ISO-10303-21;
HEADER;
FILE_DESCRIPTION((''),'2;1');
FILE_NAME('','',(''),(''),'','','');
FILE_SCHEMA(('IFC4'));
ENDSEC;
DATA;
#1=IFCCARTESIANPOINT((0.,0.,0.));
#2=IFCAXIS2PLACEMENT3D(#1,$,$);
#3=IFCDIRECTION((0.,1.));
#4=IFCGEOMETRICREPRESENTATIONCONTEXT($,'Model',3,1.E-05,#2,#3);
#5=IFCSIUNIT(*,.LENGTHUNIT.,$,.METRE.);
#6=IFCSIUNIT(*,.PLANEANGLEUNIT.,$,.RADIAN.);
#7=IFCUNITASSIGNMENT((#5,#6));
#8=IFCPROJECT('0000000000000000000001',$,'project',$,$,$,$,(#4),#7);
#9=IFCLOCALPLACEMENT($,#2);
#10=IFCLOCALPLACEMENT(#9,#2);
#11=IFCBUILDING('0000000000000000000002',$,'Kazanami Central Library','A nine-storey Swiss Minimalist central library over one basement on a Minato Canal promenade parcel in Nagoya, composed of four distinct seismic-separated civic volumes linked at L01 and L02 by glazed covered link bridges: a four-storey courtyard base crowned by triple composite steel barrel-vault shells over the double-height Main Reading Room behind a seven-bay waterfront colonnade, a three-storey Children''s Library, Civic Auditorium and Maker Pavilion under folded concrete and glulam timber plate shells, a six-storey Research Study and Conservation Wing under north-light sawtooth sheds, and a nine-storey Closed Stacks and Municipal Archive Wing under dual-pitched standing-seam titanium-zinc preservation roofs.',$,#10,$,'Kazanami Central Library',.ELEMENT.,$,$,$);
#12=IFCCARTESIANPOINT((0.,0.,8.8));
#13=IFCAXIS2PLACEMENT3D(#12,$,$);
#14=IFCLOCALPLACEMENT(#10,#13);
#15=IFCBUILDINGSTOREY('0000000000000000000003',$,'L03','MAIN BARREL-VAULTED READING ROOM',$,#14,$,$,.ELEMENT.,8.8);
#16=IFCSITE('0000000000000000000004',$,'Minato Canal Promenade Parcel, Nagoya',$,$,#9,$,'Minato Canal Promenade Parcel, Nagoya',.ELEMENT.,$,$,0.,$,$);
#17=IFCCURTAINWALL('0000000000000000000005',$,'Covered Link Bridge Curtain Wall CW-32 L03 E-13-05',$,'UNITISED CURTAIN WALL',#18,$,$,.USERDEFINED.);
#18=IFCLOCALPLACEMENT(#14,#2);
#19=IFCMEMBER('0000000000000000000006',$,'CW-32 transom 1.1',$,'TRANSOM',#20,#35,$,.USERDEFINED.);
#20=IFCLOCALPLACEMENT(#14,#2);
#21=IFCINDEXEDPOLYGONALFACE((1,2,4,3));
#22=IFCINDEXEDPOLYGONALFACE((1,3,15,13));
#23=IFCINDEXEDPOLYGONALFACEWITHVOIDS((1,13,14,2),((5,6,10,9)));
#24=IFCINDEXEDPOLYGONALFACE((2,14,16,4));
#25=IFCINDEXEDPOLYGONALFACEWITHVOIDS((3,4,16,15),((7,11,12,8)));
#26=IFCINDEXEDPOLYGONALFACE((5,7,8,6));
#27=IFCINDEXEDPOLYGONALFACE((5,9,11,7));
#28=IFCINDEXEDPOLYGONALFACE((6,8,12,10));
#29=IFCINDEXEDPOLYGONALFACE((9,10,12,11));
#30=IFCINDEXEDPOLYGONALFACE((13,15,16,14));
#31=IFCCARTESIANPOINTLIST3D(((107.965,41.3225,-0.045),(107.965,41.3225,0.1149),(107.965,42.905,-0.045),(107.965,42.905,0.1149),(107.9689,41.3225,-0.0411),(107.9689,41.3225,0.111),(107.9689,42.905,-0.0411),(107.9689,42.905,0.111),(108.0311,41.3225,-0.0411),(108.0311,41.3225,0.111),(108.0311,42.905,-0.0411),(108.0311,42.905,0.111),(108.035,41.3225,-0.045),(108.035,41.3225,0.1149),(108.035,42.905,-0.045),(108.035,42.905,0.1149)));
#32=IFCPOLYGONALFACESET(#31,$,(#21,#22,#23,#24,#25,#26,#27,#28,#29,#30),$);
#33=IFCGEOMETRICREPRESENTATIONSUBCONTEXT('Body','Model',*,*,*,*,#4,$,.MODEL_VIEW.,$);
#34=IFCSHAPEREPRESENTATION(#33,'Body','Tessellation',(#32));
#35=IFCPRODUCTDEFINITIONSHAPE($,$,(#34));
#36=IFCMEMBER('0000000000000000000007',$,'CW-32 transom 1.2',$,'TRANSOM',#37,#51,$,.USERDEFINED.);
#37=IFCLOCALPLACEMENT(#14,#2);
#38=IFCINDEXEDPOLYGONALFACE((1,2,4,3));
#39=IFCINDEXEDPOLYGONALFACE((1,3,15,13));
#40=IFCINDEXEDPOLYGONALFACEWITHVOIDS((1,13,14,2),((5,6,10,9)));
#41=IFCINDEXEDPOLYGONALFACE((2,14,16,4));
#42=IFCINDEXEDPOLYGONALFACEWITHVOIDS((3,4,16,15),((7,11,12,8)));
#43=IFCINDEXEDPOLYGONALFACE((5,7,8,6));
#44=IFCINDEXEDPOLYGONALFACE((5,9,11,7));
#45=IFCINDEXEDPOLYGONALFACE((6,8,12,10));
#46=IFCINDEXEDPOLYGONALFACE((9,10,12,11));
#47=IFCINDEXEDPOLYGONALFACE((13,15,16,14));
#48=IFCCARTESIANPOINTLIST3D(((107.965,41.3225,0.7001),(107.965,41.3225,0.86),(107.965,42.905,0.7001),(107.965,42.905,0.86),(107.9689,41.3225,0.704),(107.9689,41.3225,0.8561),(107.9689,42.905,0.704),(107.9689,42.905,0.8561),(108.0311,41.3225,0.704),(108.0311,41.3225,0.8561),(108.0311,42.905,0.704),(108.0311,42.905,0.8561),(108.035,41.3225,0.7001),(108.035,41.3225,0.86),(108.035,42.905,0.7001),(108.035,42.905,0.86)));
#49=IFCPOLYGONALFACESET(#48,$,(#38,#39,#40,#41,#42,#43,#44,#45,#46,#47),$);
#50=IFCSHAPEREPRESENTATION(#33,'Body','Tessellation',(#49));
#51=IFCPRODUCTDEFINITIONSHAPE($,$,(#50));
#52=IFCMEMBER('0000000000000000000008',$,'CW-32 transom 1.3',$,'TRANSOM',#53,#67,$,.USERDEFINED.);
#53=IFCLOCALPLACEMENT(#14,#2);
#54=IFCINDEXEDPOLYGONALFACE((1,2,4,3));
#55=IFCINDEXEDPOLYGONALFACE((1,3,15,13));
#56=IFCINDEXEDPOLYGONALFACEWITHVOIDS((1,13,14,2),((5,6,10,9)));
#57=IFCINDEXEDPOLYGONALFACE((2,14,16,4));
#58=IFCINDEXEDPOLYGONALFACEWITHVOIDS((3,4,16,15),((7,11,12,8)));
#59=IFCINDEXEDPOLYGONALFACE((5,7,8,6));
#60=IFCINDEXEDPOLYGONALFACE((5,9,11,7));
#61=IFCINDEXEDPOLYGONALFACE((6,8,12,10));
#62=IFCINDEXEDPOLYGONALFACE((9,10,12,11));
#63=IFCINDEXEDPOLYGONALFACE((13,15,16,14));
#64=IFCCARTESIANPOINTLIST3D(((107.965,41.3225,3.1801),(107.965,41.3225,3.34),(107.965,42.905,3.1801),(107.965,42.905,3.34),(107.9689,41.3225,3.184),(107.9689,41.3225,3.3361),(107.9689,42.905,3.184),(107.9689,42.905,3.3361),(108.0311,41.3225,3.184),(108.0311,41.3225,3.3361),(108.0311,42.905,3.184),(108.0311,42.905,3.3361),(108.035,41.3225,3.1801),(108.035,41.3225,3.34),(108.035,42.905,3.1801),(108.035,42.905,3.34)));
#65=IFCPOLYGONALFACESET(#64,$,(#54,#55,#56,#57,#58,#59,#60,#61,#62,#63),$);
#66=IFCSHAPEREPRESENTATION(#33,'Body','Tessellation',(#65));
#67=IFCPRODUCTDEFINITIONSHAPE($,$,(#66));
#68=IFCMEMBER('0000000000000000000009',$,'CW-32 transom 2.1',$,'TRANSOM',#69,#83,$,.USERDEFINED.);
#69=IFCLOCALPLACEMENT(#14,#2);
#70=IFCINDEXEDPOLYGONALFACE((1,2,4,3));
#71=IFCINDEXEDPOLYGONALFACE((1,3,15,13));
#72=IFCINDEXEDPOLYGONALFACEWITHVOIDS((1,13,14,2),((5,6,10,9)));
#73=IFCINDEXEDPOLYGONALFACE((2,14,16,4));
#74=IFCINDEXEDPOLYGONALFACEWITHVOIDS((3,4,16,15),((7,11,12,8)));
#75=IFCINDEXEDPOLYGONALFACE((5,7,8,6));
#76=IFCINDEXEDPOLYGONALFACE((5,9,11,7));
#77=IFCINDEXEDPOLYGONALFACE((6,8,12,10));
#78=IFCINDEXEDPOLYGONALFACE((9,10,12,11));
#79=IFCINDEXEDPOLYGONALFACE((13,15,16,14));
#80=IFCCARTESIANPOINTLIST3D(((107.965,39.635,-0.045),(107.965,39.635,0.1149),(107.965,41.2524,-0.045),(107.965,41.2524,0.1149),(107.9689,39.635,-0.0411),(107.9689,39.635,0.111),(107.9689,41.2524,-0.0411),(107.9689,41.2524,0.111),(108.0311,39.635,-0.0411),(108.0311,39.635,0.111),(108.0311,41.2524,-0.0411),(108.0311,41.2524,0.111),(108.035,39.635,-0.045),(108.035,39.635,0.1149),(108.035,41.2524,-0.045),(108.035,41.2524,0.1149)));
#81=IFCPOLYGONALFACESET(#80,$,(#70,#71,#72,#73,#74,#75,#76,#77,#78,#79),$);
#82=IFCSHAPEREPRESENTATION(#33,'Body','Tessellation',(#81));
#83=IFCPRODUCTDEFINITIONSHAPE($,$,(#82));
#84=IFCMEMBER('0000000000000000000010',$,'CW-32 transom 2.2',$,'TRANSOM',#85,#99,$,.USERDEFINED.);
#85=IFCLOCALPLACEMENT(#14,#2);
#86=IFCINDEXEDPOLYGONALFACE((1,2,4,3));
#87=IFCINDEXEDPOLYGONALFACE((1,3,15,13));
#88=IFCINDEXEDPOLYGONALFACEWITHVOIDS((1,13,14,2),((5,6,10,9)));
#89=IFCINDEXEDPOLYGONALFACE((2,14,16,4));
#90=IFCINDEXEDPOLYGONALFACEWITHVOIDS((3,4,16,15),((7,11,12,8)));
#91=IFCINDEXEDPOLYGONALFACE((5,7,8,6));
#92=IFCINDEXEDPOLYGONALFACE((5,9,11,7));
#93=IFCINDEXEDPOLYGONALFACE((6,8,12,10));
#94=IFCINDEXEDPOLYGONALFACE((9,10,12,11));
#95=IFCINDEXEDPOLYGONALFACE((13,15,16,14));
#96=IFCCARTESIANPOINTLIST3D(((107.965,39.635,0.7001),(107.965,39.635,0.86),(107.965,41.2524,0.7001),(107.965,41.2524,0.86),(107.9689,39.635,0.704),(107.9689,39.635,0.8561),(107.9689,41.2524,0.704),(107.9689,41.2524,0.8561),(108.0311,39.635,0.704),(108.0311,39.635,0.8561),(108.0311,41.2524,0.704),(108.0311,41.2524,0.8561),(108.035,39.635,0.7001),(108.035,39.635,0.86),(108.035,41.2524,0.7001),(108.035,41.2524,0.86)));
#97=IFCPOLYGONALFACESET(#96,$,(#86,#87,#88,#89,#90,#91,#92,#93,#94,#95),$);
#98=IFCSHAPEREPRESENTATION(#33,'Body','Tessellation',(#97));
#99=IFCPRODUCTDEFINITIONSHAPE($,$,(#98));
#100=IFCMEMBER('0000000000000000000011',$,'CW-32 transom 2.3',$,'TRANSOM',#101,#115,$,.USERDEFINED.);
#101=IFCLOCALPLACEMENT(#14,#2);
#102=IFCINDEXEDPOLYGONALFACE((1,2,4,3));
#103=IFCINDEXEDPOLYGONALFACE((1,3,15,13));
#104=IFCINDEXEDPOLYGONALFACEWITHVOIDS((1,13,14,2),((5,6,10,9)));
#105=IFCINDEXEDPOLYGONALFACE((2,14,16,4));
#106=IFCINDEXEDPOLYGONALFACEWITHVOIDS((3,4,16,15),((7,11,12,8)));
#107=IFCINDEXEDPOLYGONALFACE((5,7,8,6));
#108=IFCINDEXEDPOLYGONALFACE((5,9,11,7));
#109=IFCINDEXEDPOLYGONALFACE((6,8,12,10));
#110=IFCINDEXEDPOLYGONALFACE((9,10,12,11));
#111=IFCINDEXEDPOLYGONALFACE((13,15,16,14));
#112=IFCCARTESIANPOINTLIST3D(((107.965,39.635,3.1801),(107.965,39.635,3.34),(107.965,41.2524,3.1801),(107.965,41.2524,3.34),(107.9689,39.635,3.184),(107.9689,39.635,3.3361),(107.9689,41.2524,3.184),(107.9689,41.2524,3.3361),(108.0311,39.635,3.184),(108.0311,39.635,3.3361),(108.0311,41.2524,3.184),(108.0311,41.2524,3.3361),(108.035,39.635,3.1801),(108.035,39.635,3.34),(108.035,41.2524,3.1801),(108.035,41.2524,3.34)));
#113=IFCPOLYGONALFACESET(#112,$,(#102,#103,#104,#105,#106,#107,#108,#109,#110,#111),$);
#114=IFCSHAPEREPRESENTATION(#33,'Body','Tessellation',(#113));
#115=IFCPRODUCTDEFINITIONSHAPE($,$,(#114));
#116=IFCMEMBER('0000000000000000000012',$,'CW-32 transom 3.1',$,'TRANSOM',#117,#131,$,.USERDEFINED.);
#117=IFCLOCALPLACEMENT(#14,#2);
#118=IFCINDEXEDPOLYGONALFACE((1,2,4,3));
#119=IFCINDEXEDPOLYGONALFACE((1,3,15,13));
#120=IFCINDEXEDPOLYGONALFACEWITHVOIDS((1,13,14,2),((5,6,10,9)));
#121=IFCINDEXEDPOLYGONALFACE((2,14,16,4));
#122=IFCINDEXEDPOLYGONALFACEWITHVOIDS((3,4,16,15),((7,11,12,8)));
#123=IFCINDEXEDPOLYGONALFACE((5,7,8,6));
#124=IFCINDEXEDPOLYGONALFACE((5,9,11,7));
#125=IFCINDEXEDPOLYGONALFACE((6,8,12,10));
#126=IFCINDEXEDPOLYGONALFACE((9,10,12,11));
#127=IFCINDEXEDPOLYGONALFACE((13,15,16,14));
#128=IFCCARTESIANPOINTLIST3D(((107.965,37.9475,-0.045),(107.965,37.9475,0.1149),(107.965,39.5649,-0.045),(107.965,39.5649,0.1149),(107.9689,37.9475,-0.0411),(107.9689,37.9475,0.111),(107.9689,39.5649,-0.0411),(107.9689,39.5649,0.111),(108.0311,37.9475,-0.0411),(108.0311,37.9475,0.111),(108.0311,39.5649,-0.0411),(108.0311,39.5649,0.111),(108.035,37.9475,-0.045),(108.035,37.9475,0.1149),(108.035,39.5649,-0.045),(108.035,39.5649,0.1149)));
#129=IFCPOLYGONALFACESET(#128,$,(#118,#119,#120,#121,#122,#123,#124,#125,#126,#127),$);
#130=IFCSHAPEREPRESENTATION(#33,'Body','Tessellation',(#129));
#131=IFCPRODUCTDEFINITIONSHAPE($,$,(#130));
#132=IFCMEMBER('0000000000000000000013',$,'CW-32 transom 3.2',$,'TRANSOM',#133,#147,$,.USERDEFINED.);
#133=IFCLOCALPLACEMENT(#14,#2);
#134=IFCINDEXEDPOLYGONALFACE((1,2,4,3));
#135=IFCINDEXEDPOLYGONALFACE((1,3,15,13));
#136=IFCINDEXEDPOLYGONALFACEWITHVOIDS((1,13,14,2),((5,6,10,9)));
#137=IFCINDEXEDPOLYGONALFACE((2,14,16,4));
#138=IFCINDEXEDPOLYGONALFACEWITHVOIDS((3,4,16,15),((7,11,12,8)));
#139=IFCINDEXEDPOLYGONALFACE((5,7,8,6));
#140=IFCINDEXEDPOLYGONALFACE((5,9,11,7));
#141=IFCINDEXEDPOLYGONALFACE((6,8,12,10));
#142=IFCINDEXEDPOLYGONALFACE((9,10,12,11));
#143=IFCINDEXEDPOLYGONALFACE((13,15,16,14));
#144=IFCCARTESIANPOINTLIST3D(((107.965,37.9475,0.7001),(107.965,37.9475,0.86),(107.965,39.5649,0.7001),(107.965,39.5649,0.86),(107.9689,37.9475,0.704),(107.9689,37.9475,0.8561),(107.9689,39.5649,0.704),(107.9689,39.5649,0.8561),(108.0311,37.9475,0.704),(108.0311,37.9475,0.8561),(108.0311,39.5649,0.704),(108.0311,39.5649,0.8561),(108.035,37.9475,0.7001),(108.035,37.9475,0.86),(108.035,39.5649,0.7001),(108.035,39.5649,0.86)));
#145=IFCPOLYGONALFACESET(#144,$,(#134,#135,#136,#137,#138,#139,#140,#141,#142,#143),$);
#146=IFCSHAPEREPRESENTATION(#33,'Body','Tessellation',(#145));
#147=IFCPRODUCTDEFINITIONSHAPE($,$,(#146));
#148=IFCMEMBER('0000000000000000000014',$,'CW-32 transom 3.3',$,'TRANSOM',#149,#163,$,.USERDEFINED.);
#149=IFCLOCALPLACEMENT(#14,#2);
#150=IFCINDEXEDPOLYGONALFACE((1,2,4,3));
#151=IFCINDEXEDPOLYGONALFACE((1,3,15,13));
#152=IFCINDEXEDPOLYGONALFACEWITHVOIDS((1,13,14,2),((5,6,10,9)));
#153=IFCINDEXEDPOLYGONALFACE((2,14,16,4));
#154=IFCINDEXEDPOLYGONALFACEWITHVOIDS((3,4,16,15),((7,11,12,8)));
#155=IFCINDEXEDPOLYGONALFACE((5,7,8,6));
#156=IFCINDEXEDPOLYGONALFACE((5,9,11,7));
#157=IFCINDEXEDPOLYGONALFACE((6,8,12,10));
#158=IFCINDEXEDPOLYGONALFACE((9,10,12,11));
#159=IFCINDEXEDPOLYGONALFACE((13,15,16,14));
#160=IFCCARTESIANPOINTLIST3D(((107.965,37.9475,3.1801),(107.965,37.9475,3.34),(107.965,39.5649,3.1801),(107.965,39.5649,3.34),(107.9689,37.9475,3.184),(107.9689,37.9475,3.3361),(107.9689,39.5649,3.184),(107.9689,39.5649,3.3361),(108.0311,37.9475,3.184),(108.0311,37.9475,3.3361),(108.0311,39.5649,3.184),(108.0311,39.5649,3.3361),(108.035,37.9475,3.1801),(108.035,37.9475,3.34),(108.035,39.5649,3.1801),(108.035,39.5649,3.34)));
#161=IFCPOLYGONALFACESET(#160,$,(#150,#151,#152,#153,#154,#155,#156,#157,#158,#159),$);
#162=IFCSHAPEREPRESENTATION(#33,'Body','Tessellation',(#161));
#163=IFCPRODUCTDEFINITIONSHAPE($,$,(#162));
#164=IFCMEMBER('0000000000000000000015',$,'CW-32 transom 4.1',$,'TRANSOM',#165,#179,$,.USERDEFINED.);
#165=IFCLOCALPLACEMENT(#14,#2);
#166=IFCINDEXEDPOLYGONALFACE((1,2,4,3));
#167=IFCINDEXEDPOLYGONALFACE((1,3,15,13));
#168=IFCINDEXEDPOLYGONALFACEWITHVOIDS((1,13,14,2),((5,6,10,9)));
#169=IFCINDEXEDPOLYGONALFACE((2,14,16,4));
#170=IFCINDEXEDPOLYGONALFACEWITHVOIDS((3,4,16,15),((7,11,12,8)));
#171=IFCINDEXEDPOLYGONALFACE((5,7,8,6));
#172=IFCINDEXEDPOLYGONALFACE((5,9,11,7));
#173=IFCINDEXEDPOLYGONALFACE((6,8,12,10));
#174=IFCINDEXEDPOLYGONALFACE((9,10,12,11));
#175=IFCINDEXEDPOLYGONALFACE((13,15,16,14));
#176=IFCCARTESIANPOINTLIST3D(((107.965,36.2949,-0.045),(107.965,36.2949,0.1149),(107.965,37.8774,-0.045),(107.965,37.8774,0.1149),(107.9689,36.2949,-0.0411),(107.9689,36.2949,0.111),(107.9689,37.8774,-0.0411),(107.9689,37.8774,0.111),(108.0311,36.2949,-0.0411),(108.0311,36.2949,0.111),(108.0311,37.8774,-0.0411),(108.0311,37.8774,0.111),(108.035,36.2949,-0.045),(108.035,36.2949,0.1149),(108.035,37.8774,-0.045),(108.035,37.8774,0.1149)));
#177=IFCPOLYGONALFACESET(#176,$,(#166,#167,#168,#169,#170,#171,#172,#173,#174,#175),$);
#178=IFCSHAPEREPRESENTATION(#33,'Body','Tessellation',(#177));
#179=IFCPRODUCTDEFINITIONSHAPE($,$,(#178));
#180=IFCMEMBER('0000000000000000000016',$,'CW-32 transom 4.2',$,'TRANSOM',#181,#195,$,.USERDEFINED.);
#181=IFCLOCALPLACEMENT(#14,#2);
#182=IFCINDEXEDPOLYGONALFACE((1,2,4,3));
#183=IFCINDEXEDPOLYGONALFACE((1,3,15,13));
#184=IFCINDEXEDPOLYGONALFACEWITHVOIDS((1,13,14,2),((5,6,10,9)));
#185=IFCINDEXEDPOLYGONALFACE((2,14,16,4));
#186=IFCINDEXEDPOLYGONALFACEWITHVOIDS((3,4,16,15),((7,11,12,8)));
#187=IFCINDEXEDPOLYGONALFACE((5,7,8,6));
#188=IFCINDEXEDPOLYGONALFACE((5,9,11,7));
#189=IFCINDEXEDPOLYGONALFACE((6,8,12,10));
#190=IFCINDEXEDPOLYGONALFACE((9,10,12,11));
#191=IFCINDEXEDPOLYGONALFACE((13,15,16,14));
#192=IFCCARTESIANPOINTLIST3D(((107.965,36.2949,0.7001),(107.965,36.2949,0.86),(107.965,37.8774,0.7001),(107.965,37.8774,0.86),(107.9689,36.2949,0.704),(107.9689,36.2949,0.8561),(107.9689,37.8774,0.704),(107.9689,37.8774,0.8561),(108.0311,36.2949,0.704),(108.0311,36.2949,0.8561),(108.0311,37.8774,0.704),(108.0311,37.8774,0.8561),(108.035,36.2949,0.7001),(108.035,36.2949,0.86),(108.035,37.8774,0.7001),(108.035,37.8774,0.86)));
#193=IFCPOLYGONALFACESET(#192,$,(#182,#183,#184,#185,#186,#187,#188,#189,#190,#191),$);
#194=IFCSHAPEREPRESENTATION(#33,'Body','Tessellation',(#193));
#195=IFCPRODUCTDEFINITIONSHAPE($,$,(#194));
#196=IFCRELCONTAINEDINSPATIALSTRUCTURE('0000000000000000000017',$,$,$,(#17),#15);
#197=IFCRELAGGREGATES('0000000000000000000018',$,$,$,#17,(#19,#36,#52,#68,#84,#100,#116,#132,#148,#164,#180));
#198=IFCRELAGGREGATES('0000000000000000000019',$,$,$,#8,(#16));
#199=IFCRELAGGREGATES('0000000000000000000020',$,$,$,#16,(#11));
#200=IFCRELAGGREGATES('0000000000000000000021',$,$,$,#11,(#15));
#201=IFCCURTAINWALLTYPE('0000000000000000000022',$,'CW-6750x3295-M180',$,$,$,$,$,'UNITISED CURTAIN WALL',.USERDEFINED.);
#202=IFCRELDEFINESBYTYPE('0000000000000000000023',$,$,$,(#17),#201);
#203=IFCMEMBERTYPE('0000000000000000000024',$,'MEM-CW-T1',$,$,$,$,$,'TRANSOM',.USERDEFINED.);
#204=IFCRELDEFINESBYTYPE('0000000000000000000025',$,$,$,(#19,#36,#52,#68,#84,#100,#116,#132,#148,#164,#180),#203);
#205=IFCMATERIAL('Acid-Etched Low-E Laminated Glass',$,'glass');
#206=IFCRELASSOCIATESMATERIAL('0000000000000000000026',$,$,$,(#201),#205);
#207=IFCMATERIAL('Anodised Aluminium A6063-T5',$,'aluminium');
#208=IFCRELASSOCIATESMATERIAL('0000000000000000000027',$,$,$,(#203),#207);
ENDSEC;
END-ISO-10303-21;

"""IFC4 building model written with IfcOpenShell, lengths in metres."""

from ifc_helpers import new_model, si_unit, direction, frame, origin, origin_2d, place, context, subcontext, project, spatial, hollow_rectangle, extrude, material, material_profile, profile_set, type_object, element, aggregate, save


model = new_model("IFC4")

# Units and contexts
model_context = context("Model", 3, precision=1e-05, world=origin(), true_north=direction((0.0, 1.0)))
body_context = subcontext(model_context, "Body", "Model", "MODEL_VIEW")
ifc_project = project(units=[si_unit("LENGTHUNIT", "METRE"), si_unit("PLANEANGLEUNIT", "RADIAN")], contexts=[model_context])

# Site, building, storey
site_placement = place(None, origin())
site = spatial("IfcSite", under=ifc_project, at=site_placement, Name="Minato Canal Promenade Parcel, Nagoya", LongName="Minato Canal Promenade Parcel, Nagoya", CompositionType="ELEMENT", RefElevation=0.0)
building_placement = place(site_placement, origin())
building = spatial("IfcBuilding", under=site, at=building_placement, Name="Kazanami Central Library", Description="A nine-storey Swiss Minimalist central library over one basement on a Minato Canal promenade parcel in Nagoya, composed of four distinct seismic-separated civic volumes linked at L01 and L02 by glazed covered link bridges: a four-storey courtyard base crowned by triple composite steel barrel-vault shells over the double-height Main Reading Room behind a seven-bay waterfront colonnade, a three-storey Children's Library, Civic Auditorium and Maker Pavilion under folded concrete and glulam timber plate shells, a six-storey Research Study and Conservation Wing under north-light sawtooth sheds, and a nine-storey Closed Stacks and Municipal Archive Wing under dual-pitched standing-seam titanium-zinc preservation roofs.", LongName="Kazanami Central Library", CompositionType="ELEMENT")
storey_placement = place(building_placement, frame((0.0, 0.0, 8.8)))
storey = spatial("IfcBuildingStorey", under=building, at=storey_placement, Name="L03", Description="MAIN BARREL-VAULTED READING ROOM", CompositionType="ELEMENT", Elevation=8.8)

# Curtain wall
ifc_material_1 = material(Name="Acid-Etched Low-E Laminated Glass", Category="glass")
curtain_wall_type = type_object("IfcCurtainWallType", Name="CW-6750x3295-M180", ElementType="UNITISED CURTAIN WALL", PredefinedType="USERDEFINED", material=ifc_material_1)
curtain_wall_1_placement = place(storey_placement, origin())
curtain_wall_1 = element("IfcCurtainWall", 1, at=curtain_wall_1_placement, inside=storey, type_object=curtain_wall_type, Name="Covered Link Bridge Curtain Wall CW-32 L03 E-13-05", ObjectType="UNITISED CURTAIN WALL", PredefinedType="USERDEFINED")
ifc_material_2 = material(Name="Anodised Aluminium A6063-T5", Category="aluminium")

# Members
ifc_material_profile_1 = material_profile(ifc_material_2, hollow_rectangle(XDim=0.0701, YDim=0.1599, WallThickness=0.0039, at=origin_2d()), Name="ALU-TRAN-70x160x4")
ifc_profile_set_1 = profile_set([ifc_material_profile_1], Name="Anodised Aluminium A6063-T5")
member_type_1 = type_object("IfcMemberType", Name="MEM-CW-T1", ElementType="TRANSOM", PredefinedType="USERDEFINED", material=ifc_profile_set_1)
member_1_placement = place(storey_placement, frame((108.0, 42.905, 0.0349), z_axis=(0.0, -1.0, 0.0), x_axis=(1.0, 0.0, 0.0)))
member_1 = element("IfcMember", 2, at=member_1_placement, type_object=member_type_1, Name="CW-32 transom 1.1", ObjectType="TRANSOM", PredefinedType="USERDEFINED", context=body_context, shape_type="SweptSolid", body=[
    extrude(hollow_rectangle(XDim=0.0701, YDim=0.1599, WallThickness=0.0039, at=origin_2d()), origin(), (0.0, 0.0, 1.0), 1.5825),
])
member_2_placement = place(storey_placement, frame((108.0, 42.905, 0.78), z_axis=(0.0, -1.0, 0.0), x_axis=(1.0, 0.0, 0.0)))
member_2 = element("IfcMember", 3, at=member_2_placement, type_object=member_type_1, Name="CW-32 transom 1.2", ObjectType="TRANSOM", PredefinedType="USERDEFINED", context=body_context, shape_type="SweptSolid", body=[
    extrude(hollow_rectangle(XDim=0.0701, YDim=0.1599, WallThickness=0.0039, at=origin_2d()), origin(), (0.0, 0.0, 1.0), 1.5825),
])
member_3_placement = place(storey_placement, frame((108.0, 42.905, 3.26), z_axis=(0.0, -1.0, 0.0), x_axis=(1.0, 0.0, 0.0)))
member_3 = element("IfcMember", 4, at=member_3_placement, type_object=member_type_1, Name="CW-32 transom 1.3", ObjectType="TRANSOM", PredefinedType="USERDEFINED", context=body_context, shape_type="SweptSolid", body=[
    extrude(hollow_rectangle(XDim=0.0701, YDim=0.1599, WallThickness=0.0039, at=origin_2d()), origin(), (0.0, 0.0, 1.0), 1.5825),
])
member_4_placement = place(storey_placement, frame((108.0, 41.2524, 0.0349), z_axis=(0.0, -1.0, 0.0), x_axis=(1.0, 0.0, 0.0)))
member_4 = element("IfcMember", 5, at=member_4_placement, type_object=member_type_1, Name="CW-32 transom 2.1", ObjectType="TRANSOM", PredefinedType="USERDEFINED", context=body_context, shape_type="SweptSolid", body=[
    extrude(hollow_rectangle(XDim=0.0701, YDim=0.1599, WallThickness=0.0039, at=origin_2d()), origin(), (0.0, 0.0, 1.0), 1.6174),
])
member_5_placement = place(storey_placement, frame((108.0, 41.2524, 0.78), z_axis=(0.0, -1.0, 0.0), x_axis=(1.0, 0.0, 0.0)))
member_5 = element("IfcMember", 6, at=member_5_placement, type_object=member_type_1, Name="CW-32 transom 2.2", ObjectType="TRANSOM", PredefinedType="USERDEFINED", context=body_context, shape_type="SweptSolid", body=[
    extrude(hollow_rectangle(XDim=0.0701, YDim=0.1599, WallThickness=0.0039, at=origin_2d()), origin(), (0.0, 0.0, 1.0), 1.6174),
])
member_6_placement = place(storey_placement, frame((108.0, 41.2524, 3.26), z_axis=(0.0, -1.0, 0.0), x_axis=(1.0, 0.0, 0.0)))
member_6 = element("IfcMember", 7, at=member_6_placement, type_object=member_type_1, Name="CW-32 transom 2.3", ObjectType="TRANSOM", PredefinedType="USERDEFINED", context=body_context, shape_type="SweptSolid", body=[
    extrude(hollow_rectangle(XDim=0.0701, YDim=0.1599, WallThickness=0.0039, at=origin_2d()), origin(), (0.0, 0.0, 1.0), 1.6174),
])
member_7_placement = place(storey_placement, frame((108.0, 39.5649, 0.0349), z_axis=(0.0, -1.0, 0.0), x_axis=(1.0, 0.0, 0.0)))
member_7 = element("IfcMember", 8, at=member_7_placement, type_object=member_type_1, Name="CW-32 transom 3.1", ObjectType="TRANSOM", PredefinedType="USERDEFINED", context=body_context, shape_type="SweptSolid", body=[
    extrude(hollow_rectangle(XDim=0.0701, YDim=0.1599, WallThickness=0.0039, at=origin_2d()), origin(), (0.0, 0.0, 1.0), 1.6174),
])
member_8_placement = place(storey_placement, frame((108.0, 39.5649, 0.78), z_axis=(0.0, -1.0, 0.0), x_axis=(1.0, 0.0, 0.0)))
member_8 = element("IfcMember", 9, at=member_8_placement, type_object=member_type_1, Name="CW-32 transom 3.2", ObjectType="TRANSOM", PredefinedType="USERDEFINED", context=body_context, shape_type="SweptSolid", body=[
    extrude(hollow_rectangle(XDim=0.0701, YDim=0.1599, WallThickness=0.0039, at=origin_2d()), origin(), (0.0, 0.0, 1.0), 1.6174),
])
member_9_placement = place(storey_placement, frame((108.0, 39.5649, 3.26), z_axis=(0.0, -1.0, 0.0), x_axis=(1.0, 0.0, 0.0)))
member_9 = element("IfcMember", 10, at=member_9_placement, type_object=member_type_1, Name="CW-32 transom 3.3", ObjectType="TRANSOM", PredefinedType="USERDEFINED", context=body_context, shape_type="SweptSolid", body=[
    extrude(hollow_rectangle(XDim=0.0701, YDim=0.1599, WallThickness=0.0039, at=origin_2d()), origin(), (0.0, 0.0, 1.0), 1.6174),
])
member_10_placement = place(storey_placement, frame((108.0, 37.8774, 0.0349), z_axis=(0.0, -1.0, 0.0), x_axis=(1.0, 0.0, 0.0)))
member_10 = element("IfcMember", 11, at=member_10_placement, type_object=member_type_1, Name="CW-32 transom 4.1", ObjectType="TRANSOM", PredefinedType="USERDEFINED", context=body_context, shape_type="SweptSolid", body=[
    extrude(hollow_rectangle(XDim=0.0701, YDim=0.1599, WallThickness=0.0039, at=origin_2d()), origin(), (0.0, 0.0, 1.0), 1.5825),
])
member_11_placement = place(storey_placement, frame((108.0, 37.8774, 0.78), z_axis=(0.0, -1.0, 0.0), x_axis=(1.0, 0.0, 0.0)))
member_11 = element("IfcMember", 12, at=member_11_placement, type_object=member_type_1, Name="CW-32 transom 4.2", ObjectType="TRANSOM", PredefinedType="USERDEFINED", context=body_context, shape_type="SweptSolid", body=[
    extrude(hollow_rectangle(XDim=0.0701, YDim=0.1599, WallThickness=0.0039, at=origin_2d()), origin(), (0.0, 0.0, 1.0), 1.5825),
])

aggregate(curtain_wall_1, [member_1, member_2, member_3, member_4, member_5, member_6, member_7, member_8, member_9, member_10, member_11])

save(model, "model.ifc")
